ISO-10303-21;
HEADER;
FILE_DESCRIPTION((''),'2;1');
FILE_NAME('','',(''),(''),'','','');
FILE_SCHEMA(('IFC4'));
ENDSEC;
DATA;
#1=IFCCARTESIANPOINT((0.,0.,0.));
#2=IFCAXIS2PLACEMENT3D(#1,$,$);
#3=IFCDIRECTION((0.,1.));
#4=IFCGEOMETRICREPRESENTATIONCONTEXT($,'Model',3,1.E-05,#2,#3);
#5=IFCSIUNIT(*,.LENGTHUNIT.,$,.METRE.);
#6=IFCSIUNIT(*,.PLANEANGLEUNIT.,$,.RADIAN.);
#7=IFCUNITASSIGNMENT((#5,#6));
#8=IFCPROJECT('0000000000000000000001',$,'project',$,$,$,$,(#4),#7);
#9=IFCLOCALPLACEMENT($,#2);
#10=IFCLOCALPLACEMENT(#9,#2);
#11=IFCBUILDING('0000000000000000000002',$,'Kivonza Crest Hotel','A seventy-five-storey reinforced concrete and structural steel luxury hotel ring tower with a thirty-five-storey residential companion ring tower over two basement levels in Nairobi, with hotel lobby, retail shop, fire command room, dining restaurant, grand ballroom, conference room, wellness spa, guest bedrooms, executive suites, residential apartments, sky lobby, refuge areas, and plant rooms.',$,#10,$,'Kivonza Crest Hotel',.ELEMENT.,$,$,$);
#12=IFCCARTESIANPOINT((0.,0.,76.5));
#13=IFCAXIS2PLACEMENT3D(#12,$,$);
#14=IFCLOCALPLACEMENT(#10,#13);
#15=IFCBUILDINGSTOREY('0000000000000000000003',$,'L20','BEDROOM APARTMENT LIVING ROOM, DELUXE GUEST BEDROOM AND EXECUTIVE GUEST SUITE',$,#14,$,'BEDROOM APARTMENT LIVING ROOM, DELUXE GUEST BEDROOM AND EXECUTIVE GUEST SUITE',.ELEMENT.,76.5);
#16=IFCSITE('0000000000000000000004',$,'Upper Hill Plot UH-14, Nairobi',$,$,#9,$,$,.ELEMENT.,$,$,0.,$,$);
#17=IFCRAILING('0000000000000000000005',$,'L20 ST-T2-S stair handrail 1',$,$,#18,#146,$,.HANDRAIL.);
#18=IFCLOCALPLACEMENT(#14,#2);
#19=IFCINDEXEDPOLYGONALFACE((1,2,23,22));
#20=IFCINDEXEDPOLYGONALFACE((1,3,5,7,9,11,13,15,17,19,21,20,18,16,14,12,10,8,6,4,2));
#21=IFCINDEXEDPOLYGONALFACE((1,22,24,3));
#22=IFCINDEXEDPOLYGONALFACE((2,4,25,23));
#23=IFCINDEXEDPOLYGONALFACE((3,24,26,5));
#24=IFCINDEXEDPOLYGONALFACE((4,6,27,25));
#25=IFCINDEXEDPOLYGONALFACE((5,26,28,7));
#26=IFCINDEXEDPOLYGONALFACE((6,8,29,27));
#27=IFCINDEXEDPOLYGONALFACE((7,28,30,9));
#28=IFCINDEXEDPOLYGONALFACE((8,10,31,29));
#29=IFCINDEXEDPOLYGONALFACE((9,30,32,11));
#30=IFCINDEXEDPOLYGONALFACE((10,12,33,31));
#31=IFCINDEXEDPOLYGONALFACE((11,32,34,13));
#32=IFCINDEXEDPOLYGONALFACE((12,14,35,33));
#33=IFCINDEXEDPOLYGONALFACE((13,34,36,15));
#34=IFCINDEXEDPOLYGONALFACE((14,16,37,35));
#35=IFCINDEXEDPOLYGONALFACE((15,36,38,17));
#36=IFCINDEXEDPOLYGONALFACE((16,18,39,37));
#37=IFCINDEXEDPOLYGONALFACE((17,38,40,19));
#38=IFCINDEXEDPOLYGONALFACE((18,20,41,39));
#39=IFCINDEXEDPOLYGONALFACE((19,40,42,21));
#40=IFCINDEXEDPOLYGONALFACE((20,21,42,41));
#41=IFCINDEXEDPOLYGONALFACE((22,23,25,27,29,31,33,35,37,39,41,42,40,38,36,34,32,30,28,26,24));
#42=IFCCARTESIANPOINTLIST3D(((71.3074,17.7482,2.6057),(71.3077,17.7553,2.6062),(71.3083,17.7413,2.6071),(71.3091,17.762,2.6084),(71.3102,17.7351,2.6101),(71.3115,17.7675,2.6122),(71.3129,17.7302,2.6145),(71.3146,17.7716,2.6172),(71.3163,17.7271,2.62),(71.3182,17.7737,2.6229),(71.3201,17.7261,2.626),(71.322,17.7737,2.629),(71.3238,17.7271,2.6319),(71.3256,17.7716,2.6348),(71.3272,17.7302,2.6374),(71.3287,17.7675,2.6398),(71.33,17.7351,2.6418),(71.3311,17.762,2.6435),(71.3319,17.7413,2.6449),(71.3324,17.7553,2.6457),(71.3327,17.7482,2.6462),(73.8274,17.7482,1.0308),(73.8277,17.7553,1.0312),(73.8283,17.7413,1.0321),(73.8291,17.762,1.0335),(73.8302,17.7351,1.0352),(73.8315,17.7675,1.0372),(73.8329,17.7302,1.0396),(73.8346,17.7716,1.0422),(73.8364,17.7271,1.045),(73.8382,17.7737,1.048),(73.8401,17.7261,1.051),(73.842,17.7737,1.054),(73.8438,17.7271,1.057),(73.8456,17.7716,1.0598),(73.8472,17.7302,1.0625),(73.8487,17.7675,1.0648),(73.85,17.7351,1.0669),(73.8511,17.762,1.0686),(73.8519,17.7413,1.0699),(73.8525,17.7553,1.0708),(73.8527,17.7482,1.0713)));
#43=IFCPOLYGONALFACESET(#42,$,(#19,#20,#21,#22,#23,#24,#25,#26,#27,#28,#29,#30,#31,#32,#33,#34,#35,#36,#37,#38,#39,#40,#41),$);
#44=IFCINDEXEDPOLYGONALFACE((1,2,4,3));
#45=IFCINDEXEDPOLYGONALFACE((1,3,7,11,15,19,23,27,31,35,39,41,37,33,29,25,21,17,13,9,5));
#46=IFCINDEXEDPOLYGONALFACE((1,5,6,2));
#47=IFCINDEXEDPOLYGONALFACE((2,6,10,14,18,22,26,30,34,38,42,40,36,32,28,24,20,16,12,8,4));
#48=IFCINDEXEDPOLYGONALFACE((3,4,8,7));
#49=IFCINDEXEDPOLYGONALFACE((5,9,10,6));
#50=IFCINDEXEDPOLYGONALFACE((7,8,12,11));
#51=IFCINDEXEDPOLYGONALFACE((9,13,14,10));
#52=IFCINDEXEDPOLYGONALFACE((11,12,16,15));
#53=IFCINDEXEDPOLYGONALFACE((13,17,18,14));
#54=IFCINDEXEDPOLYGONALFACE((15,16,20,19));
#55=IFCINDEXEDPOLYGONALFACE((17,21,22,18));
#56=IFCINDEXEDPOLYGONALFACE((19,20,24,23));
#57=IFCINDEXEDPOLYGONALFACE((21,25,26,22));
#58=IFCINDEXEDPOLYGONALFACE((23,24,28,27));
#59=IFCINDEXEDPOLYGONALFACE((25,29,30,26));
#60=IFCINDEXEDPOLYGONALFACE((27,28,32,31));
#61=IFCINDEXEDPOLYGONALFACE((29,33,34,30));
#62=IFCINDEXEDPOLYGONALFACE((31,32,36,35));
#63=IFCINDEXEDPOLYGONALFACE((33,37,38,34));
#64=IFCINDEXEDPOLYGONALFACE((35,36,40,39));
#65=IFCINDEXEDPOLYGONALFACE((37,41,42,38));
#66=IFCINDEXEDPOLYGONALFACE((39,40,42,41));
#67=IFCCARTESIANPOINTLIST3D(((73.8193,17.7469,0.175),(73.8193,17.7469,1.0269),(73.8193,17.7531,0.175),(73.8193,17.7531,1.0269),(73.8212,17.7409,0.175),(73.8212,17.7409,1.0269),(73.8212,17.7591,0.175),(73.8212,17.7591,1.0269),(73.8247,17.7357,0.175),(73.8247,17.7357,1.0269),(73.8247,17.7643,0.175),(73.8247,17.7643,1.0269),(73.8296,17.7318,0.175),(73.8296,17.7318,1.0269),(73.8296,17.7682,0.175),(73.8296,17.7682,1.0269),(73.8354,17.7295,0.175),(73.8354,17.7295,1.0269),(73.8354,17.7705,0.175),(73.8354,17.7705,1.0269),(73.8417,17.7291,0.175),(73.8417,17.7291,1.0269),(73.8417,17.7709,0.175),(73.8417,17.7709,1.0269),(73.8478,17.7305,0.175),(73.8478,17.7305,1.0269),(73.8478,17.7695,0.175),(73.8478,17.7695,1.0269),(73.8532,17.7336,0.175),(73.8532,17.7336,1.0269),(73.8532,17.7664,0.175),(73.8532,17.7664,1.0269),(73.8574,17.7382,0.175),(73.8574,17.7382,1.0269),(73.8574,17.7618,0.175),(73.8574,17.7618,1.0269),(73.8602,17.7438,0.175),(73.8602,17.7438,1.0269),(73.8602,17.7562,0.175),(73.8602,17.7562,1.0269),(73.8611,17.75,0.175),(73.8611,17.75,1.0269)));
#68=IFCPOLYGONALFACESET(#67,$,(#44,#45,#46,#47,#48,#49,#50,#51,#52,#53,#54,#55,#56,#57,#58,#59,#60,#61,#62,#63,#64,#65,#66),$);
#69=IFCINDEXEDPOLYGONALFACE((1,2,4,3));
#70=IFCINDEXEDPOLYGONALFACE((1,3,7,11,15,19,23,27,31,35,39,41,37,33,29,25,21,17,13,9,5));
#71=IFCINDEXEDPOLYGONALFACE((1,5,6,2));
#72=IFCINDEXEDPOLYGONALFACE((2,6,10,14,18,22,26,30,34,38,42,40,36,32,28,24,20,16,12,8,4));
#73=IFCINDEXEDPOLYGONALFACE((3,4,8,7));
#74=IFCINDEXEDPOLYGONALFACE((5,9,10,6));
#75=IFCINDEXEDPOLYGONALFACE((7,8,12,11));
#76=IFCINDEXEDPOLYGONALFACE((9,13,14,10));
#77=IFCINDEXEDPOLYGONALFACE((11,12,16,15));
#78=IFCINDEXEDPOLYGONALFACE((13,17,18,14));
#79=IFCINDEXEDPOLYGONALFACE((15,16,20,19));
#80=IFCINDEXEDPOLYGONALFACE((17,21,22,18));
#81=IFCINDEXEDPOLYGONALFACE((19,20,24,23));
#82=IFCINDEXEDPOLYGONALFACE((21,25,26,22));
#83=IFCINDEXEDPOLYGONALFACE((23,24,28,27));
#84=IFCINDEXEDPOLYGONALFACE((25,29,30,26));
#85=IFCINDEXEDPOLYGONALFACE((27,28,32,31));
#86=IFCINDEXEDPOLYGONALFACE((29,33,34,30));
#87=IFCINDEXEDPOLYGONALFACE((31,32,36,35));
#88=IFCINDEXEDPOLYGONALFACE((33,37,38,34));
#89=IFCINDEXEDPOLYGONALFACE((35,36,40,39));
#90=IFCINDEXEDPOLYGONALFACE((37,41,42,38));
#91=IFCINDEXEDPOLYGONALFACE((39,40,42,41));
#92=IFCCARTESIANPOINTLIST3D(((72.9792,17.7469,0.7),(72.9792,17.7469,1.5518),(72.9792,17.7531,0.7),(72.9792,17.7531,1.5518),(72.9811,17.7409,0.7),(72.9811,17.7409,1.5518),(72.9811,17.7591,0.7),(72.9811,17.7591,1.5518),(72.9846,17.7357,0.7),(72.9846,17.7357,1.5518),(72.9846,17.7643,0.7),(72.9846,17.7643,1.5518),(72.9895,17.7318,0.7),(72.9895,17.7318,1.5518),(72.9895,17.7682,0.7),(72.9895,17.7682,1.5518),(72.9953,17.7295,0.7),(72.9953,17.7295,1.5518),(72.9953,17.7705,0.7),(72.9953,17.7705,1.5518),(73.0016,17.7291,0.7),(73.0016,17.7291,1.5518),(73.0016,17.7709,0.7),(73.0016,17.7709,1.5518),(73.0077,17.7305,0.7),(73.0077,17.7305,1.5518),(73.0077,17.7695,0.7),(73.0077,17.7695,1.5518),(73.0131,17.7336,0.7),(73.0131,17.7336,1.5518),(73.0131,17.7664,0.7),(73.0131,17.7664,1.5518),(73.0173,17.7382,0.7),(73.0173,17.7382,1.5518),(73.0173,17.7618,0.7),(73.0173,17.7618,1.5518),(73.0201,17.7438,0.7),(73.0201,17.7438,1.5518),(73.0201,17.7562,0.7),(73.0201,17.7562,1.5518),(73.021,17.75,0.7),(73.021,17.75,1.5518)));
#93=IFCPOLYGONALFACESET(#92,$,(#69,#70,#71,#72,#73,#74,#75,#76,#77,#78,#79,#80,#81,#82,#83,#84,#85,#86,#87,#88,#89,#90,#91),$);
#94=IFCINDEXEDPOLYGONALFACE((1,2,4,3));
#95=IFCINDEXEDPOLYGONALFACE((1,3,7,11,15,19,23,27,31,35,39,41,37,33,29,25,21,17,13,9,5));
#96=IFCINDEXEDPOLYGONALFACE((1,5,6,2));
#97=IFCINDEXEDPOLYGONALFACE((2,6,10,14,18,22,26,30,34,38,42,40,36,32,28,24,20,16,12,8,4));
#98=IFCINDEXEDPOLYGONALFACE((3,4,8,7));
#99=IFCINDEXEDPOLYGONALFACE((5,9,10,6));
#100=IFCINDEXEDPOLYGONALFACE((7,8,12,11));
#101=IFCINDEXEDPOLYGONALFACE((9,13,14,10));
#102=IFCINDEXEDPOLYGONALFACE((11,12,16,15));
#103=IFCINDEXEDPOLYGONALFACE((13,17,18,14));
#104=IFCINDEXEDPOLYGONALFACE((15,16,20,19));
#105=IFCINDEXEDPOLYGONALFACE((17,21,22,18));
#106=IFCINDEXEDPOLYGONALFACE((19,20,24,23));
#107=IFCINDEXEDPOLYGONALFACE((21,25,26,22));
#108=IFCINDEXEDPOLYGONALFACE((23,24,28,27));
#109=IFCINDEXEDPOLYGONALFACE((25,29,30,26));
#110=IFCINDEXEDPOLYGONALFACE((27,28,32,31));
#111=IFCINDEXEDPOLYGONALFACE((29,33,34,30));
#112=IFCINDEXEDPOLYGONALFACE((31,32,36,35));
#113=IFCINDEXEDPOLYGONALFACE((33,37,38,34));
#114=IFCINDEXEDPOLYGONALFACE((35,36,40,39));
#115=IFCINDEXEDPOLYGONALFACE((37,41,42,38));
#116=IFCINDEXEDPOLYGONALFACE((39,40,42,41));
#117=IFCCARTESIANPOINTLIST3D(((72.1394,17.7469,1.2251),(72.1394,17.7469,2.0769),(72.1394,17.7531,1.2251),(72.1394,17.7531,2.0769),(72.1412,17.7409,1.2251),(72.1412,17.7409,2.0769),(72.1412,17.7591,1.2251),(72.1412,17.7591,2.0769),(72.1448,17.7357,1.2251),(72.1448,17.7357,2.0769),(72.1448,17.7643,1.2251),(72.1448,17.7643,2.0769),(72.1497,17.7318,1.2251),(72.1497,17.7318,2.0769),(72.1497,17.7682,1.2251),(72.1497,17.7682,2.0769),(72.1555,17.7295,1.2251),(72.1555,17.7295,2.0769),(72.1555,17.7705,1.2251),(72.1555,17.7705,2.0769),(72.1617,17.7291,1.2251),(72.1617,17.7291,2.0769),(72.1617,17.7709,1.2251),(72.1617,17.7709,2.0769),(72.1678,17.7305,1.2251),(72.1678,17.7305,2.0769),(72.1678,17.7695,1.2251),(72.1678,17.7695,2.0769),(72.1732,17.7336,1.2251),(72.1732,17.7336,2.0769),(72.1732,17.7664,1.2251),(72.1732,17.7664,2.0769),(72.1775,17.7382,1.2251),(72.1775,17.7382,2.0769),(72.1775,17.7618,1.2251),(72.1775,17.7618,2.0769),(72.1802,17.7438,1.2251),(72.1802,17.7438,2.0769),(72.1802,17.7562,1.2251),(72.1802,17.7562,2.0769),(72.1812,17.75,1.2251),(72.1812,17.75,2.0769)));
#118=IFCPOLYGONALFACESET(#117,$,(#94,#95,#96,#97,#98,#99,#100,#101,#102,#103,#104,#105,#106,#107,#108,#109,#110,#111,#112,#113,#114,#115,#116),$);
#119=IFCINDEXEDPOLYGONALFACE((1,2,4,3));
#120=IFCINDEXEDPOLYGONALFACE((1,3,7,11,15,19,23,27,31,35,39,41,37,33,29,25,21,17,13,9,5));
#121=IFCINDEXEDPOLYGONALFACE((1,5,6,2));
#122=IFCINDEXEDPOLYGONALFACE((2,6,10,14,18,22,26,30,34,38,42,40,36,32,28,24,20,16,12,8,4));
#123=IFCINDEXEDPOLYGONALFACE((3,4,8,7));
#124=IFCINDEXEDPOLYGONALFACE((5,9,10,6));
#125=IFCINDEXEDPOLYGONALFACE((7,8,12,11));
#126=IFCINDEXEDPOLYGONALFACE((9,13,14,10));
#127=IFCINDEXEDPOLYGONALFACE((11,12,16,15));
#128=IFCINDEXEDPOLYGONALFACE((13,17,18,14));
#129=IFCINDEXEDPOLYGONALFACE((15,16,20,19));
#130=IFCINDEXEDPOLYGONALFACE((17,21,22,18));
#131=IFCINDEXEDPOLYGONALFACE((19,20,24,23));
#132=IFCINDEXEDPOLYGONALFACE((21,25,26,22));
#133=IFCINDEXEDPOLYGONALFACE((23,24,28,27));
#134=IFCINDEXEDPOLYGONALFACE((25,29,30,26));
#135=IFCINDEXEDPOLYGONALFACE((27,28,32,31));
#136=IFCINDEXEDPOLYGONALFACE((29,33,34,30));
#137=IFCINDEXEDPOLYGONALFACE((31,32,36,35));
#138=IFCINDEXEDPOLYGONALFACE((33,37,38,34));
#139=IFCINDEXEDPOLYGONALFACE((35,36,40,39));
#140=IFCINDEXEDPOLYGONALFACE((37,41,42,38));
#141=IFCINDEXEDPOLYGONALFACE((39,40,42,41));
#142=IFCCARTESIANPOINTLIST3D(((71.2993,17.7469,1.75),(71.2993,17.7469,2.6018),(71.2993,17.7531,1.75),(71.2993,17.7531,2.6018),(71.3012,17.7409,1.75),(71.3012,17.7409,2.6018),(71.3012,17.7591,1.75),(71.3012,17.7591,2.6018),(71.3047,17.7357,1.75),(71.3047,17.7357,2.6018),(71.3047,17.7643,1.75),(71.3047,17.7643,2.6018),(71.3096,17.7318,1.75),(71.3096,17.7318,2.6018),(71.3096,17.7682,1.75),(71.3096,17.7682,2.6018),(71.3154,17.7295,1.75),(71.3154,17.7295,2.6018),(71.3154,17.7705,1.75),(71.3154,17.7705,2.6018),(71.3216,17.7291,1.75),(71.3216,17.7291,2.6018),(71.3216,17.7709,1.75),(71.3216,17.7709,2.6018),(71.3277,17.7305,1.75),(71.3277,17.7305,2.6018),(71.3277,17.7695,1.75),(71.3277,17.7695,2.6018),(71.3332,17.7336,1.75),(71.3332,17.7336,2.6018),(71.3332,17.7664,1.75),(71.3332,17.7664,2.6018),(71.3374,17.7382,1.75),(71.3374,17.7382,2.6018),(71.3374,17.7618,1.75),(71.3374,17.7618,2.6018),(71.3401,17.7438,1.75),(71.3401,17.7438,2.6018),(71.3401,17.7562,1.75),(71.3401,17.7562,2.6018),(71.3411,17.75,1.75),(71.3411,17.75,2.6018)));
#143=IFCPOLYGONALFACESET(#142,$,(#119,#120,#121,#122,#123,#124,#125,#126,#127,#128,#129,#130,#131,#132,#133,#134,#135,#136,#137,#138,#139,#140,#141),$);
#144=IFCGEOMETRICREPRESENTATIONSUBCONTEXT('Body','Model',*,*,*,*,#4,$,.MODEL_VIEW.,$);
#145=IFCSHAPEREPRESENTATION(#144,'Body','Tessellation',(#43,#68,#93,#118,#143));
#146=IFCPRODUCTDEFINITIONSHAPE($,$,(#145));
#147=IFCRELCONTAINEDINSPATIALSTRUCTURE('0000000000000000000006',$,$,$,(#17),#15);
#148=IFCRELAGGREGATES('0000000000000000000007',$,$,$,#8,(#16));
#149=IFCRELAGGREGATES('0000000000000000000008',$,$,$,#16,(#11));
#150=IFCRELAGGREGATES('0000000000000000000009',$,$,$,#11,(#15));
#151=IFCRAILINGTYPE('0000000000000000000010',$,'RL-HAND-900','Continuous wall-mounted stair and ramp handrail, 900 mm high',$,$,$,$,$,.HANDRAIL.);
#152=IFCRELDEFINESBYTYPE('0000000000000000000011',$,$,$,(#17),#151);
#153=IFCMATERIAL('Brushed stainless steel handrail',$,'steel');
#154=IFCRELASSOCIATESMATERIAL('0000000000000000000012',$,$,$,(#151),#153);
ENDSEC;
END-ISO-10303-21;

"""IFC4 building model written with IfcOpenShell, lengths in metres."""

from ifc_helpers import new_model, si_unit, direction, frame, origin, origin_2d, place, context, subcontext, project, spatial, circle, extrude, material, type_object, element, save


model = new_model("IFC4")

# Units and contexts
model_context = context("Model", 3, precision=1e-05, world=origin(), true_north=direction((0.0, 1.0)))
body_context = subcontext(model_context, "Body", "Model", "MODEL_VIEW")
ifc_project = project(units=[si_unit("LENGTHUNIT", "METRE"), si_unit("PLANEANGLEUNIT", "RADIAN")], contexts=[model_context])

# Site, building, storey
site_placement = place(None, origin())
site = spatial("IfcSite", under=ifc_project, at=site_placement, Name="Upper Hill Plot UH-14, Nairobi", CompositionType="ELEMENT", RefElevation=0.0)
building_placement = place(site_placement, origin())
building = spatial("IfcBuilding", under=site, at=building_placement, Name="Kivonza Crest Hotel", Description="A seventy-five-storey reinforced concrete and structural steel luxury hotel ring tower with a thirty-five-storey residential companion ring tower over two basement levels in Nairobi, with hotel lobby, retail shop, fire command room, dining restaurant, grand ballroom, conference room, wellness spa, guest bedrooms, executive suites, residential apartments, sky lobby, refuge areas, and plant rooms.", LongName="Kivonza Crest Hotel", CompositionType="ELEMENT")
storey_placement = place(building_placement, frame((0.0, 0.0, 76.5)))
storey = spatial("IfcBuildingStorey", under=building, at=storey_placement, Name="L20", Description="BEDROOM APARTMENT LIVING ROOM, DELUXE GUEST BEDROOM AND EXECUTIVE GUEST SUITE", LongName="BEDROOM APARTMENT LIVING ROOM, DELUXE GUEST BEDROOM AND EXECUTIVE GUEST SUITE", CompositionType="ELEMENT", Elevation=76.5)

# Railing
ifc_material_1 = material(Name="Brushed stainless steel handrail", Category="steel")
railing_type_1 = type_object("IfcRailingType", Name="RL-HAND-900", Description="Continuous wall-mounted stair and ramp handrail, 900 mm high", PredefinedType="HANDRAIL", material=ifc_material_1)
railing_1_placement = place(storey_placement, frame((73.8401, 17.75, 0.175)))
element("IfcRailing", 1, at=railing_1_placement, inside=storey, type_object=railing_type_1, Name="L20 ST-T2-S stair handrail 1", PredefinedType="HANDRAIL", context=body_context, shape_type="SweptSolid", body=[
    extrude(circle(Radius=0.0239, at=origin_2d()), frame((0.0, 0.0, 0.876), z_axis=(-0.848008, 0.0, 0.529984), x_axis=(0.0, -1.0, 0.0)), (0.0, 0.0, 1.0), 2.9717),
    extrude(circle(Radius=0.021, at=origin_2d()), origin(), (0.0, 0.0, 1.0), 0.8518),
    extrude(circle(Radius=0.021, at=origin_2d()), frame((-0.8401, 0.0, 0.5249)), (0.0, 0.0, 1.0), 0.8518),
    extrude(circle(Radius=0.021, at=origin_2d()), frame((-1.6799, 0.0, 1.05)), (0.0, 0.0, 1.0), 0.8518),
    extrude(circle(Radius=0.021, at=origin_2d()), frame((-2.52, 0.0, 1.575)), (0.0, 0.0, 1.0), 0.8518),
])

save(model, "model.ifc")
